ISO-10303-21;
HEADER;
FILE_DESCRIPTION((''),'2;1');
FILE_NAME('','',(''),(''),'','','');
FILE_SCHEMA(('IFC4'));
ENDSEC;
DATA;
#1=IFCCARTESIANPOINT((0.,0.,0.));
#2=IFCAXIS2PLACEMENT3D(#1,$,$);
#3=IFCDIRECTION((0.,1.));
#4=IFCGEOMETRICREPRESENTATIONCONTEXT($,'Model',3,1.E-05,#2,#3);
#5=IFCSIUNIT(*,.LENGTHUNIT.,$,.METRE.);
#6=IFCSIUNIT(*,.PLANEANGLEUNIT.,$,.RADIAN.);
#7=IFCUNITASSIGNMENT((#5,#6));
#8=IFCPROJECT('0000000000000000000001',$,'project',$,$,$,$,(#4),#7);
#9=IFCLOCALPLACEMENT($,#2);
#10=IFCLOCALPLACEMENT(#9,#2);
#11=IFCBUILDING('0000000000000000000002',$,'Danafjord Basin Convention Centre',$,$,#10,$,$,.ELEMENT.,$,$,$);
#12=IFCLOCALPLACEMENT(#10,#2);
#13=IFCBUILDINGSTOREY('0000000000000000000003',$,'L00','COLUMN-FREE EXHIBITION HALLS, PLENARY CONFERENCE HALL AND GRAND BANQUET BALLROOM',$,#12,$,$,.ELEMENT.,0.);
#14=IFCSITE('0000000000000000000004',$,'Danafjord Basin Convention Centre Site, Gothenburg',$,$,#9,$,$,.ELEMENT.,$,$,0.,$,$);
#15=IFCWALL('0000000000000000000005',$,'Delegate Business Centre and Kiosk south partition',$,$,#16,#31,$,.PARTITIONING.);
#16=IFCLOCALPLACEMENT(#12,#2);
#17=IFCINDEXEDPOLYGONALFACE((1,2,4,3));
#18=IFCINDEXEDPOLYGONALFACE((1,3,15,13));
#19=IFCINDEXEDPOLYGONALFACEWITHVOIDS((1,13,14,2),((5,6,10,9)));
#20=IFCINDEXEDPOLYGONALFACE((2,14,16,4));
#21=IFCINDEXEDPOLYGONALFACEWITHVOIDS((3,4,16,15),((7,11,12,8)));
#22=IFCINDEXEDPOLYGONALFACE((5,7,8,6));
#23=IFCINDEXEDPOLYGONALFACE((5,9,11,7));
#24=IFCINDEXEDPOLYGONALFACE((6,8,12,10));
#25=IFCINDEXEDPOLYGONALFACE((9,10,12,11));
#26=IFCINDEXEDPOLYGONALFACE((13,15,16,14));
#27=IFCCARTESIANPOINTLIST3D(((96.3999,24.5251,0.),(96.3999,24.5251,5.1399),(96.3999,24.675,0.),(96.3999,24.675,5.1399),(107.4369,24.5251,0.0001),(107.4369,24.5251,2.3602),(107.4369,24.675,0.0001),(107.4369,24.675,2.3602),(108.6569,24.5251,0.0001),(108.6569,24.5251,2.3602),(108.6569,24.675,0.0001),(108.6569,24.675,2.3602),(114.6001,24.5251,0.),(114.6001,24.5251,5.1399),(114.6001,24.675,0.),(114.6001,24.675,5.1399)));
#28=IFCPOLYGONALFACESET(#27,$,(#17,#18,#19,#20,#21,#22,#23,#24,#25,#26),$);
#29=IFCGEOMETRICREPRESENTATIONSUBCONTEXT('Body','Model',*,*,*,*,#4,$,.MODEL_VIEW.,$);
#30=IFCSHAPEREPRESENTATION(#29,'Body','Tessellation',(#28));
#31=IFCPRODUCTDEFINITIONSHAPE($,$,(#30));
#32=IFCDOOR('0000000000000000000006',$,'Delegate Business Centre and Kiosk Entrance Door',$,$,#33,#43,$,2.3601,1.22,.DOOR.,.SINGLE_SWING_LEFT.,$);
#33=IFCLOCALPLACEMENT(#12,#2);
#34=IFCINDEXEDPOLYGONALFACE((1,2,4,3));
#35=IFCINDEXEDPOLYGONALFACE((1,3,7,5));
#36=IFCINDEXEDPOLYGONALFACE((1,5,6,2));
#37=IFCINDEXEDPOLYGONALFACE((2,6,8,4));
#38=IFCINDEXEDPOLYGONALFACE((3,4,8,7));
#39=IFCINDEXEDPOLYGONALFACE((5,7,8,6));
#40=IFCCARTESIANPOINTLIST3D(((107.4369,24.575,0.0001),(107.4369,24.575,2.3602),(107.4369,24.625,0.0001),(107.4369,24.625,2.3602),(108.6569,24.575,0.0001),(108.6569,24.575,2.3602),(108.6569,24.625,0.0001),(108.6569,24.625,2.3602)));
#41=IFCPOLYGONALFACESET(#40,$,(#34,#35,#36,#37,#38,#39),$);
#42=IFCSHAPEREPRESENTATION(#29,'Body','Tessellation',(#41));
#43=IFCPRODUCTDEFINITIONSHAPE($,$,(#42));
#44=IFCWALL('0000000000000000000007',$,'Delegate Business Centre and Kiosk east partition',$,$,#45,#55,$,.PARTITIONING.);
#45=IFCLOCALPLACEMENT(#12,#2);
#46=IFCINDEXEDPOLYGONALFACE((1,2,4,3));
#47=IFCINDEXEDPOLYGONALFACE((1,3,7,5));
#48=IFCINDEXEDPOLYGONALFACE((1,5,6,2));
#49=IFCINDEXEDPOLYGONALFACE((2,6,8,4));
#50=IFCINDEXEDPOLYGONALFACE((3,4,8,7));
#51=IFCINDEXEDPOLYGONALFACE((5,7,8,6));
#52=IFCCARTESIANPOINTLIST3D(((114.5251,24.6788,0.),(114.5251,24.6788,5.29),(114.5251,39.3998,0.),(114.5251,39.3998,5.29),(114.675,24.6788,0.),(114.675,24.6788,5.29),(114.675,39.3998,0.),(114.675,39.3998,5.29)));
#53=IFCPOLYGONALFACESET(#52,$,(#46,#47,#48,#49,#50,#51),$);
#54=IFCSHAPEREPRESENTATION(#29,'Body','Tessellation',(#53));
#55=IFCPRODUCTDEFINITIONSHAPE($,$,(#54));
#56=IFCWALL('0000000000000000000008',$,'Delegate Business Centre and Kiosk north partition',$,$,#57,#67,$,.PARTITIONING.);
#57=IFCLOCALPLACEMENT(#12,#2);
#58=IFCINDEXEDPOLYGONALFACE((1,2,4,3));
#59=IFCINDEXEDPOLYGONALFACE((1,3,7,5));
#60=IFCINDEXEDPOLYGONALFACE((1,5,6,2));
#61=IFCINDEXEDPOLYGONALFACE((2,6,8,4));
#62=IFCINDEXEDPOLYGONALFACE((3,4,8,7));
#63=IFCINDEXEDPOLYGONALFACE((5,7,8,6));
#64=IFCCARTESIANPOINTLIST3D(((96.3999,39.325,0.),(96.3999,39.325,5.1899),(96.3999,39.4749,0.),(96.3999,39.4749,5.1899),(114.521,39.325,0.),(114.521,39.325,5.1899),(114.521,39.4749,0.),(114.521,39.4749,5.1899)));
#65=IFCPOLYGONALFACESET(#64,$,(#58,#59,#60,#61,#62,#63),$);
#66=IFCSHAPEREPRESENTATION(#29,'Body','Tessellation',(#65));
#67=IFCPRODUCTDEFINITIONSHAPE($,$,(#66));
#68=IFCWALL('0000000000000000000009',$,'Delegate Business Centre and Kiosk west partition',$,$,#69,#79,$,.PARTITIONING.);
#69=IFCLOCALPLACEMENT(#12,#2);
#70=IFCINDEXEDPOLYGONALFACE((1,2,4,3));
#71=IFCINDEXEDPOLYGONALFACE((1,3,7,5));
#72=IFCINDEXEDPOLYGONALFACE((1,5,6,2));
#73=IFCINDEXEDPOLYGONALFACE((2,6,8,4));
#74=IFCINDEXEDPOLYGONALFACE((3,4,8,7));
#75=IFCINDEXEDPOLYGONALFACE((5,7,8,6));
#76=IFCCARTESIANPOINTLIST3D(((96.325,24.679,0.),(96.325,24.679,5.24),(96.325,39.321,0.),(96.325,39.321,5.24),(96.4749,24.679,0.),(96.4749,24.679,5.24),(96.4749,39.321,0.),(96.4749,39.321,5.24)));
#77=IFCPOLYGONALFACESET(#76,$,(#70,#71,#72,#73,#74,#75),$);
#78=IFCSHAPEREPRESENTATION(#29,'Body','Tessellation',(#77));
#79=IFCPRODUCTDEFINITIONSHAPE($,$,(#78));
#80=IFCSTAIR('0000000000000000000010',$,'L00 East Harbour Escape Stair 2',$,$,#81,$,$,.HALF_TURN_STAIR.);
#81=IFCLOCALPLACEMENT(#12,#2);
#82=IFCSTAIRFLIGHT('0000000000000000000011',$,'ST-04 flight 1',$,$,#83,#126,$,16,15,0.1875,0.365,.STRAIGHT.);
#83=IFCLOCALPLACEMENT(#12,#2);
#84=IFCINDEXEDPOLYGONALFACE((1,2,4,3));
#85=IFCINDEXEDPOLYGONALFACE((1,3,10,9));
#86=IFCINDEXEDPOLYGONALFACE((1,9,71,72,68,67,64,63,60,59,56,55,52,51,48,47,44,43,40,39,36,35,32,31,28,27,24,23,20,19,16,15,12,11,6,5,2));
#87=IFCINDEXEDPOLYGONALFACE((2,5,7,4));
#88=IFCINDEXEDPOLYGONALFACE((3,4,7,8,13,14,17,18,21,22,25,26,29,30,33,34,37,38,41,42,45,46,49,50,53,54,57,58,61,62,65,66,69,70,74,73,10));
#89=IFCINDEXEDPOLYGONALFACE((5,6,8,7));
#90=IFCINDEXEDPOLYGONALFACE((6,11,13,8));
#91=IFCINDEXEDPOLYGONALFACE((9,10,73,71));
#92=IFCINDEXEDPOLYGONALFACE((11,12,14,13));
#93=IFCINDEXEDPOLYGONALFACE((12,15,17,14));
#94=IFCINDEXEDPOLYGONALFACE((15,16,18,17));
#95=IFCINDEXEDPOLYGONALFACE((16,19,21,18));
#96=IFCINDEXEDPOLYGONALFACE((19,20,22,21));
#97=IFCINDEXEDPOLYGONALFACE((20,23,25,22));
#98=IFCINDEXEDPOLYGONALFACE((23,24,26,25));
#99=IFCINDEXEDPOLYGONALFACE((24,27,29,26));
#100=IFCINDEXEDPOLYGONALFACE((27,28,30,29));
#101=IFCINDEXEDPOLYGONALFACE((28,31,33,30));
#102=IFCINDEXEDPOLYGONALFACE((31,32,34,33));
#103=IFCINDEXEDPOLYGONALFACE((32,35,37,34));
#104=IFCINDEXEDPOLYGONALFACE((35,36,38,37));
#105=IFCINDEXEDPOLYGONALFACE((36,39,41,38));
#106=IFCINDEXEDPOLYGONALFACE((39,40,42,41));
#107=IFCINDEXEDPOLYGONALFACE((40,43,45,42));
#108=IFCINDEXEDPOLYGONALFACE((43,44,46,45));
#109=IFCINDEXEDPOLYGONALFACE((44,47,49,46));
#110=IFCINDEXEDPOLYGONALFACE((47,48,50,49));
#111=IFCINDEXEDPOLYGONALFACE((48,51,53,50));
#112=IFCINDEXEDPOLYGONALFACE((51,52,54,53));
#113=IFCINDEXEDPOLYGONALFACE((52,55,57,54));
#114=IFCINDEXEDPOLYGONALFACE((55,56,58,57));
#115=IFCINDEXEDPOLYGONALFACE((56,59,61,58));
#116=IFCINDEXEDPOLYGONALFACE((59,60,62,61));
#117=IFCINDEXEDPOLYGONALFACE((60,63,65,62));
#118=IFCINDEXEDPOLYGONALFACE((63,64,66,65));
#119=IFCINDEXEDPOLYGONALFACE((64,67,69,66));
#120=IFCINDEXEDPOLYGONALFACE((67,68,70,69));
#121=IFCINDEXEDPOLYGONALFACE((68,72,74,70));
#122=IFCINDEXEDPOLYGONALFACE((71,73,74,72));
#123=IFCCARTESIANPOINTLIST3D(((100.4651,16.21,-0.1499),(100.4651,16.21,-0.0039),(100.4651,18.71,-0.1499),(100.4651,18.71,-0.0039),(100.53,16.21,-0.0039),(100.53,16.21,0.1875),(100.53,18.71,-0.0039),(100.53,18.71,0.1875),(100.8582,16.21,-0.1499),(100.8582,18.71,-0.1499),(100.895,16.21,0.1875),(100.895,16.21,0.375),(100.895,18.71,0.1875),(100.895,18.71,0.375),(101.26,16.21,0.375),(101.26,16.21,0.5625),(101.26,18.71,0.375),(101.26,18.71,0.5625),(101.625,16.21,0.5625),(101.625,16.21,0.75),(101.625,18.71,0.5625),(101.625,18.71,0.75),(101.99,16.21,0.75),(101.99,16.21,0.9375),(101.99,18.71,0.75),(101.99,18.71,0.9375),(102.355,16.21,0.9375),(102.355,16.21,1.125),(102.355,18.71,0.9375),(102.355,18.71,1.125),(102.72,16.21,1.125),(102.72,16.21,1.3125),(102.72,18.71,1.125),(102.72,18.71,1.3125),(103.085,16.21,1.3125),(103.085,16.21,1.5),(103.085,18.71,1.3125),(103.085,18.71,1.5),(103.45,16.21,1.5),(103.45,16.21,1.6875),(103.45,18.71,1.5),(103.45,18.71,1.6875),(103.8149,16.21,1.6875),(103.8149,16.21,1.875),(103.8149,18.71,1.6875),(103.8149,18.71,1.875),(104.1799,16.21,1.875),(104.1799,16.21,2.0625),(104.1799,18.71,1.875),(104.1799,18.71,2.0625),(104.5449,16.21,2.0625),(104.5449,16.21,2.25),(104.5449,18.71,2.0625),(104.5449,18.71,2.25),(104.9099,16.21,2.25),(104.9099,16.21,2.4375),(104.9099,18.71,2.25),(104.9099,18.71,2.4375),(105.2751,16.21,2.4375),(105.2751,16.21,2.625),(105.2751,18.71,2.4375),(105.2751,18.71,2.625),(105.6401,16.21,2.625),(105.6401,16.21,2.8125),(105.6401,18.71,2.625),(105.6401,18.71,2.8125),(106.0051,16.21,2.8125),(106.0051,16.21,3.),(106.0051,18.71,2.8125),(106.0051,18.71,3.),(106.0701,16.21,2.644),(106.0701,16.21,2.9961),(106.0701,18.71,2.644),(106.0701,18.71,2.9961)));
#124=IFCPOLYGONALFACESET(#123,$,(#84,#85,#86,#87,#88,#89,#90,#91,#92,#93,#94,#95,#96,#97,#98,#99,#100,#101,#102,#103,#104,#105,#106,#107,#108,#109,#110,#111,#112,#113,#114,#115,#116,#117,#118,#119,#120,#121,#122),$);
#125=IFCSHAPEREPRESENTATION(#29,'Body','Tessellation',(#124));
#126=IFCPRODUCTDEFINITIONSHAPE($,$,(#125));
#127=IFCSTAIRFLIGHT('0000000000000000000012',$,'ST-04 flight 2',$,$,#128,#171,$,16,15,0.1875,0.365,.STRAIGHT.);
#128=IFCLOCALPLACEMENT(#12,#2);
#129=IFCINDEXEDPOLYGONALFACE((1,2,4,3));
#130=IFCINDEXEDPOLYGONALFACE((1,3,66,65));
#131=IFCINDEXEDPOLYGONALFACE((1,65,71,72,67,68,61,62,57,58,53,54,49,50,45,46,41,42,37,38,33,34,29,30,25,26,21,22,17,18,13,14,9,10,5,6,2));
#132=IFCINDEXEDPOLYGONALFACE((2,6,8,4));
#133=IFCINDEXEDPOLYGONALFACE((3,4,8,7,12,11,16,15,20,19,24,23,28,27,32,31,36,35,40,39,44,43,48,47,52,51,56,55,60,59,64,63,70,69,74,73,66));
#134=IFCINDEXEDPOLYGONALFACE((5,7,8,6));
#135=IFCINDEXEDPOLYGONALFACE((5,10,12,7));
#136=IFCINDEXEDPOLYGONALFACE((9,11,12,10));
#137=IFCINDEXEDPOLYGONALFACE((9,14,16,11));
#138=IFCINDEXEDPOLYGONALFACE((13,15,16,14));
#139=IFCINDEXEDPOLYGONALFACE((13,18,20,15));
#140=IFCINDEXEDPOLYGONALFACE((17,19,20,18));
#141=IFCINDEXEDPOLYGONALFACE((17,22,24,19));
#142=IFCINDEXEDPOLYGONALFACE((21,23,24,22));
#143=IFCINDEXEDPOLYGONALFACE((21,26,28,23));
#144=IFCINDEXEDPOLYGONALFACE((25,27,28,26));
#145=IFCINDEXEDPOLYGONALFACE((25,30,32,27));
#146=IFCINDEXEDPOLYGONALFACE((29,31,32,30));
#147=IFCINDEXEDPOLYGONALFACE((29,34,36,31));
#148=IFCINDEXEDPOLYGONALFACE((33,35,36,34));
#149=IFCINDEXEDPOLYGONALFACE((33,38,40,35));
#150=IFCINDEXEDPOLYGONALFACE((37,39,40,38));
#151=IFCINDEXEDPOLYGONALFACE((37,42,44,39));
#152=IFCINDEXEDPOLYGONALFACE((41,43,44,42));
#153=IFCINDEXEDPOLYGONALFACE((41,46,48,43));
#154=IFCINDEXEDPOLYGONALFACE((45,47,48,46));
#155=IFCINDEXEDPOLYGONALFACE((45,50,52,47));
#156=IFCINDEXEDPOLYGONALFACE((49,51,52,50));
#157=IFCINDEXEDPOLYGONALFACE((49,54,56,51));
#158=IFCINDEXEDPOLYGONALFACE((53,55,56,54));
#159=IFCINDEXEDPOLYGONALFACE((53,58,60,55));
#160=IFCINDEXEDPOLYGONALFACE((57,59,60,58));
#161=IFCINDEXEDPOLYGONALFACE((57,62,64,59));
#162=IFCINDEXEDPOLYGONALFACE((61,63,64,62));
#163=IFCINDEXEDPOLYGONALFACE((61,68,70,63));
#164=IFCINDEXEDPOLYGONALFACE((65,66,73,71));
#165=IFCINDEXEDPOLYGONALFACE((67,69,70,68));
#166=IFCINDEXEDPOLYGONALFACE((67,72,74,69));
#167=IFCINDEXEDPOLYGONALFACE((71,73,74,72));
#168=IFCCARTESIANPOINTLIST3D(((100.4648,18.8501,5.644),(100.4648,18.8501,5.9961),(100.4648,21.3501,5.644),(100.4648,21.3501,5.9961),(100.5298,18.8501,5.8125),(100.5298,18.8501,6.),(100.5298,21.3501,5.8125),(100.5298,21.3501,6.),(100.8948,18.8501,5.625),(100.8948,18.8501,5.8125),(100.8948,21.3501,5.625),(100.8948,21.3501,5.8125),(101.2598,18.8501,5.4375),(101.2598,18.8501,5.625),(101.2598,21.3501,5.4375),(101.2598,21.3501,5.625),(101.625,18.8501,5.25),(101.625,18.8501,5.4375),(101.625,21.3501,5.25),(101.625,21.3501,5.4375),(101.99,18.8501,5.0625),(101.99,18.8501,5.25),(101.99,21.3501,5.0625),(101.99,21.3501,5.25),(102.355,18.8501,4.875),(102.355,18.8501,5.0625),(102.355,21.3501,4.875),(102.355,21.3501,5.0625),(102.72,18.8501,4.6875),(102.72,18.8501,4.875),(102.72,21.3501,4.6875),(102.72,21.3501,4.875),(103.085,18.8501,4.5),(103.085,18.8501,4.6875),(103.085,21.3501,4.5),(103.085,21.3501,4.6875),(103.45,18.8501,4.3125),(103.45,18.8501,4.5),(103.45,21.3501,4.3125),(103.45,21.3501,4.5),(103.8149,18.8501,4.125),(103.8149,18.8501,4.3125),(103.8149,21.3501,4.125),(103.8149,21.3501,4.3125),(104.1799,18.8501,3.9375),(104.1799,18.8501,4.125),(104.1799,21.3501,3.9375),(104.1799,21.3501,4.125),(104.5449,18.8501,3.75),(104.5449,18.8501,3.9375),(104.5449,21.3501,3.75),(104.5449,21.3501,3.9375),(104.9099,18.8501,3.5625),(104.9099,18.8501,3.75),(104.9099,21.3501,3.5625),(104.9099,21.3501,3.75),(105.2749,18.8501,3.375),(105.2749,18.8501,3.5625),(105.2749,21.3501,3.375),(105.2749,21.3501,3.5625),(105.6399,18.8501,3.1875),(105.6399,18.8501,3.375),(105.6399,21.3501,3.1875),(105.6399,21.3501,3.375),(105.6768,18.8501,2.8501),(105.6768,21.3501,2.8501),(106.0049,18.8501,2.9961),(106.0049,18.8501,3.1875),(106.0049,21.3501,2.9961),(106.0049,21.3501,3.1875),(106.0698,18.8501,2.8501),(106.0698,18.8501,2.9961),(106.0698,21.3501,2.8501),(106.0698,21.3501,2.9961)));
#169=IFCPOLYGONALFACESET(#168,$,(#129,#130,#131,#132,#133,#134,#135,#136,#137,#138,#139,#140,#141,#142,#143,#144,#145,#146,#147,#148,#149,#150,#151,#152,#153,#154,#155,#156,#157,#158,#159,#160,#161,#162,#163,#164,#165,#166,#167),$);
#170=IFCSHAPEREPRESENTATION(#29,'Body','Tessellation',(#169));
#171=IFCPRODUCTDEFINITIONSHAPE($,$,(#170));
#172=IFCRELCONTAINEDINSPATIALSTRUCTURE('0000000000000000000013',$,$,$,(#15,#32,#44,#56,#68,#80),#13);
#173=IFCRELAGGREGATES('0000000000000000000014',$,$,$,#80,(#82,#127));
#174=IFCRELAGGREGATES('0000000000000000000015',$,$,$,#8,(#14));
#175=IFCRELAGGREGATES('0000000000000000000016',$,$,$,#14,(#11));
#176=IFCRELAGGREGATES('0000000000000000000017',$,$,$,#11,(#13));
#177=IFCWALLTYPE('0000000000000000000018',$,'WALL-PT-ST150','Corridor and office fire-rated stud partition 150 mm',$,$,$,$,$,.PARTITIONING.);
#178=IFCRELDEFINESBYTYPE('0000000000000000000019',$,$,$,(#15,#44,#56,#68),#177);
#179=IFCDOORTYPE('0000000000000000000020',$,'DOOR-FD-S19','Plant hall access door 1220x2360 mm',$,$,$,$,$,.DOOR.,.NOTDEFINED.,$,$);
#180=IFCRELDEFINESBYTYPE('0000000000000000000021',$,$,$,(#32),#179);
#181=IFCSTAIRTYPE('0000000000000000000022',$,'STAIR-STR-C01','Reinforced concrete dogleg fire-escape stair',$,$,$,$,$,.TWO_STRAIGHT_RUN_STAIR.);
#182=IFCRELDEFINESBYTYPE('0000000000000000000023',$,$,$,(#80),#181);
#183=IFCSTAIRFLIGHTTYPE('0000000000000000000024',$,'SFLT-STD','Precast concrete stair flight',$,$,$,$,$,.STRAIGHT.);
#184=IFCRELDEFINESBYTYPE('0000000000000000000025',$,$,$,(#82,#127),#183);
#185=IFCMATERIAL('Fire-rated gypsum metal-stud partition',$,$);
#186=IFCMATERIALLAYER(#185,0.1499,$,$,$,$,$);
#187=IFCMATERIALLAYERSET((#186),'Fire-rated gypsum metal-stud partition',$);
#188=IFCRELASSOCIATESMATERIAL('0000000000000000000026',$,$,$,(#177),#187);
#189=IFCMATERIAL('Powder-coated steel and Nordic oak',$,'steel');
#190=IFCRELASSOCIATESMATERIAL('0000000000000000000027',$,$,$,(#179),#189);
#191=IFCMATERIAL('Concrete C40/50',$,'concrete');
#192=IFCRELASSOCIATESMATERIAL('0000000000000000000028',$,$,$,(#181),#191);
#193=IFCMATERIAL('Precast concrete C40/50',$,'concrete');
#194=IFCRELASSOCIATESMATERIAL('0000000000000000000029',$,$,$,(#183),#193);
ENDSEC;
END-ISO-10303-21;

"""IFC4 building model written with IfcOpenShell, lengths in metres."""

from ifc_helpers import new_model, si_unit, direction, frame, frame_2d, origin, place, context, subcontext, project, spatial, polyline, rectangle, outline, extrude, material, layer, layer_set, type_object, element, fill, aggregate, save


model = new_model("IFC4")

# Units and contexts
model_context = context("Model", 3, precision=1e-05, world=origin(), true_north=direction((0.0, 1.0)))
body_context = subcontext(model_context, "Body", "Model", "MODEL_VIEW")
ifc_project = project(units=[si_unit("LENGTHUNIT", "METRE"), si_unit("PLANEANGLEUNIT", "RADIAN")], contexts=[model_context])

# Site, building, storey
site_placement = place(None, origin())
site = spatial("IfcSite", under=ifc_project, at=site_placement, Name="Danafjord Basin Convention Centre Site, Gothenburg", CompositionType="ELEMENT", RefElevation=0.0)
building_placement = place(site_placement, origin())
building = spatial("IfcBuilding", under=site, at=building_placement, Name="Danafjord Basin Convention Centre", CompositionType="ELEMENT")
storey_placement = place(building_placement, origin())
storey = spatial("IfcBuildingStorey", under=building, at=storey_placement, Name="L00", Description="COLUMN-FREE EXHIBITION HALLS, PLENARY CONFERENCE HALL AND GRAND BANQUET BALLROOM", CompositionType="ELEMENT", Elevation=0.0)

# Shared definitions
ifc_material_1 = material(Name="Concrete C40/50", Category="concrete")

# Shared definitions
ifc_material_2 = material(Name="Powder-coated steel and Nordic oak", Category="steel")

# Wall, opening, door
ifc_material_3 = material(Name="Fire-rated gypsum metal-stud partition")
ifc_layer_1 = layer(ifc_material_3, 0.1499)
ifc_layer_set_1 = layer_set([ifc_layer_1], Name="Fire-rated gypsum metal-stud partition")
wall_type_1 = type_object("IfcWallType", Name="WALL-PT-ST150", Description="Corridor and office fire-rated stud partition 150 mm", PredefinedType="PARTITIONING", material=ifc_layer_set_1)
wall_1_placement = place(storey_placement, frame((96.3999, 24.6001, 0.0), z_axis=(0.0, 0.0, 1.0), x_axis=(1.0, 0.0, 0.0)))
wall_1 = element("IfcWall", 1, at=wall_1_placement, inside=storey, type_object=wall_type_1, Name="Delegate Business Centre and Kiosk south partition", PredefinedType="PARTITIONING", context=body_context, shape_type="SweptSolid", body=[
    extrude(rectangle(XDim=18.2002, YDim=0.1499, at=frame_2d((9.1001, 0.0))), origin(), (0.0, 0.0, 1.0), 5.1399),
])
opening_1_placement = place(wall_1_placement, frame((11.0371, 0.0, 0.0)))
opening_1 = element("IfcOpeningElement", 2, at=opening_1_placement, cuts=wall_1, PredefinedType="OPENING", context=body_context, shape_type="SweptSolid", body=[
    extrude(rectangle(XDim=1.22, YDim=2.3601, at=frame_2d((0.6099, 1.1802))), frame((0.0, 0.085, 0.0), z_axis=(0.0, -1.0, 0.0), x_axis=(1.0, 0.0, 0.0)), (0.0, 0.0, 1.0), 0.1699),
])
door_type_1 = type_object("IfcDoorType", Name="DOOR-FD-S19", Description="Plant hall access door 1220x2360 mm", OperationType="NOTDEFINED", PredefinedType="DOOR", material=ifc_material_2)
door_1_placement = place(opening_1_placement, origin())
door_1 = element("IfcDoor", 3, at=door_1_placement, inside=storey, type_object=door_type_1, Name="Delegate Business Centre and Kiosk Entrance Door", OperationType="SINGLE_SWING_LEFT", OverallHeight=2.3601, OverallWidth=1.22, PredefinedType="DOOR", context=body_context, shape_type="SweptSolid", body=[
    extrude(rectangle(XDim=1.22, YDim=2.3601, at=frame_2d((0.6099, 1.1802))), frame((0.0, 0.0249, 0.0), z_axis=(0.0, -1.0, 0.0), x_axis=(1.0, 0.0, 0.0)), (0.0, 0.0, 1.0), 0.05),
])
fill(opening_1, door_1)

# Walls
wall_2_placement = place(storey_placement, frame((114.6001, 24.679, 0.0), z_axis=(0.0, 0.0, 1.0), x_axis=(0.0, 1.0, 0.0)))
element("IfcWall", 4, at=wall_2_placement, inside=storey, type_object=wall_type_1, Name="Delegate Business Centre and Kiosk east partition", PredefinedType="PARTITIONING", context=body_context, shape_type="SweptSolid", body=[
    extrude(rectangle(XDim=14.7209, YDim=0.1499, at=frame_2d((7.3604, 0.0))), origin(), (0.0, 0.0, 1.0), 5.29),
])
wall_3_placement = place(storey_placement, frame((114.521, 39.3999, 0.0), z_axis=(0.0, 0.0, 1.0), x_axis=(-1.0, 0.0, 0.0)))
element("IfcWall", 5, at=wall_3_placement, inside=storey, type_object=wall_type_1, Name="Delegate Business Centre and Kiosk north partition", PredefinedType="PARTITIONING", context=body_context, shape_type="SweptSolid", body=[
    extrude(rectangle(XDim=18.1211, YDim=0.1499, at=frame_2d((9.0605, 0.0))), origin(), (0.0, 0.0, 1.0), 5.1899),
])
wall_4_placement = place(storey_placement, frame((96.3999, 39.321, 0.0), z_axis=(0.0, 0.0, 1.0), x_axis=(0.0, -1.0, 0.0)))
element("IfcWall", 6, at=wall_4_placement, inside=storey, type_object=wall_type_1, Name="Delegate Business Centre and Kiosk west partition", PredefinedType="PARTITIONING", context=body_context, shape_type="SweptSolid", body=[
    extrude(rectangle(XDim=14.6421, YDim=0.1499, at=frame_2d((7.321, 0.0))), origin(), (0.0, 0.0, 1.0), 5.24),
])

# Stair, stair flights
stair_type = type_object("IfcStairType", Name="STAIR-STR-C01", Description="Reinforced concrete dogleg fire-escape stair", PredefinedType="TWO_STRAIGHT_RUN_STAIR", material=ifc_material_1)
stair_placement = place(storey_placement, origin())
stair = element("IfcStair", 7, at=stair_placement, inside=storey, type_object=stair_type, Name="L00 East Harbour Escape Stair 2", PredefinedType="HALF_TURN_STAIR")
ifc_material_4 = material(Name="Precast concrete C40/50", Category="concrete")
stair_flight_type = type_object("IfcStairFlightType", Name="SFLT-STD", Description="Precast concrete stair flight", PredefinedType="STRAIGHT", material=ifc_material_4)
stair_flight_1_placement = place(storey_placement, frame((100.53, 17.46, 0.0), z_axis=(0.0, 0.0, 1.0), x_axis=(1.0, 0.0, 0.0)))
stair_flight_1 = element("IfcStairFlight", 8, at=stair_flight_1_placement, type_object=stair_flight_type, Name="ST-04 flight 1", NumberOfRisers=16, NumberOfTreads=15, PredefinedType="STRAIGHT", RiserHeight=0.1875, TreadLength=0.365, context=body_context, shape_type="SweptSolid", body=[
    extrude(outline(polyline([(-0.0649, -0.1499), (-0.0649, -0.0039), (0.0, -0.0039), (0.0, 0.1875), (0.365, 0.1875), (0.365, 0.375), (0.73, 0.375), (0.73, 0.5625), (1.095, 0.5625), (1.095, 0.75), (1.46, 0.75), (1.46, 0.9375), (1.825, 0.9375), (1.825, 1.125), (2.1899, 1.125), (2.1899, 1.3125), (2.5549, 1.3125), (2.5549, 1.5), (2.9199, 1.5), (2.9199, 1.6875), (3.2849, 1.6875), (3.2849, 1.875), (3.6499, 1.875), (3.6499, 2.0625), (4.0149, 2.0625), (4.0149, 2.25), (4.3799, 2.25), (4.3799, 2.4375), (4.7451, 2.4375), (4.7451, 2.625), (5.1101, 2.625), (5.1101, 2.8125), (5.4751, 2.8125), (5.4751, 3.0), (5.54, 2.9961), (5.54, 2.644), (0.3281, -0.1499), (-0.0649, -0.1499)])), frame((0.0, 1.25, 0.0), z_axis=(0.0, -1.0, 0.0), x_axis=(1.0, 0.0, 0.0)), (0.0, 0.0, 1.0), 2.5),
])
stair_flight_2_placement = place(storey_placement, frame((106.0049, 20.1001, 3.0), z_axis=(0.0, 0.0, 1.0), x_axis=(-1.0, 0.0, 0.0)))
stair_flight_2 = element("IfcStairFlight", 9, at=stair_flight_2_placement, type_object=stair_flight_type, Name="ST-04 flight 2", NumberOfRisers=16, NumberOfTreads=15, PredefinedType="STRAIGHT", RiserHeight=0.1875, TreadLength=0.365, context=body_context, shape_type="SweptSolid", body=[
    extrude(outline(polyline([(-0.0649, -0.1499), (-0.0649, -0.0039), (0.0, -0.0039), (0.0, 0.1875), (0.365, 0.1875), (0.365, 0.375), (0.73, 0.375), (0.73, 0.5625), (1.095, 0.5625), (1.095, 0.75), (1.46, 0.75), (1.46, 0.9375), (1.825, 0.9375), (1.825, 1.125), (2.1899, 1.125), (2.1899, 1.3125), (2.5549, 1.3125), (2.5549, 1.5), (2.9199, 1.5), (2.9199, 1.6875), (3.2849, 1.6875), (3.2849, 1.875), (3.6499, 1.875), (3.6499, 2.0625), (4.0149, 2.0625), (4.0149, 2.25), (4.3799, 2.25), (4.3799, 2.4375), (4.7451, 2.4375), (4.7451, 2.625), (5.1101, 2.625), (5.1101, 2.8125), (5.4751, 2.8125), (5.4751, 3.0), (5.54, 2.9961), (5.54, 2.644), (0.3281, -0.1499), (-0.0649, -0.1499)])), frame((0.0, 1.25, 0.0), z_axis=(0.0, -1.0, 0.0), x_axis=(1.0, 0.0, 0.0)), (0.0, 0.0, 1.0), 2.5),
])
aggregate(stair, [stair_flight_1, stair_flight_2])

save(model, "model.ifc")
